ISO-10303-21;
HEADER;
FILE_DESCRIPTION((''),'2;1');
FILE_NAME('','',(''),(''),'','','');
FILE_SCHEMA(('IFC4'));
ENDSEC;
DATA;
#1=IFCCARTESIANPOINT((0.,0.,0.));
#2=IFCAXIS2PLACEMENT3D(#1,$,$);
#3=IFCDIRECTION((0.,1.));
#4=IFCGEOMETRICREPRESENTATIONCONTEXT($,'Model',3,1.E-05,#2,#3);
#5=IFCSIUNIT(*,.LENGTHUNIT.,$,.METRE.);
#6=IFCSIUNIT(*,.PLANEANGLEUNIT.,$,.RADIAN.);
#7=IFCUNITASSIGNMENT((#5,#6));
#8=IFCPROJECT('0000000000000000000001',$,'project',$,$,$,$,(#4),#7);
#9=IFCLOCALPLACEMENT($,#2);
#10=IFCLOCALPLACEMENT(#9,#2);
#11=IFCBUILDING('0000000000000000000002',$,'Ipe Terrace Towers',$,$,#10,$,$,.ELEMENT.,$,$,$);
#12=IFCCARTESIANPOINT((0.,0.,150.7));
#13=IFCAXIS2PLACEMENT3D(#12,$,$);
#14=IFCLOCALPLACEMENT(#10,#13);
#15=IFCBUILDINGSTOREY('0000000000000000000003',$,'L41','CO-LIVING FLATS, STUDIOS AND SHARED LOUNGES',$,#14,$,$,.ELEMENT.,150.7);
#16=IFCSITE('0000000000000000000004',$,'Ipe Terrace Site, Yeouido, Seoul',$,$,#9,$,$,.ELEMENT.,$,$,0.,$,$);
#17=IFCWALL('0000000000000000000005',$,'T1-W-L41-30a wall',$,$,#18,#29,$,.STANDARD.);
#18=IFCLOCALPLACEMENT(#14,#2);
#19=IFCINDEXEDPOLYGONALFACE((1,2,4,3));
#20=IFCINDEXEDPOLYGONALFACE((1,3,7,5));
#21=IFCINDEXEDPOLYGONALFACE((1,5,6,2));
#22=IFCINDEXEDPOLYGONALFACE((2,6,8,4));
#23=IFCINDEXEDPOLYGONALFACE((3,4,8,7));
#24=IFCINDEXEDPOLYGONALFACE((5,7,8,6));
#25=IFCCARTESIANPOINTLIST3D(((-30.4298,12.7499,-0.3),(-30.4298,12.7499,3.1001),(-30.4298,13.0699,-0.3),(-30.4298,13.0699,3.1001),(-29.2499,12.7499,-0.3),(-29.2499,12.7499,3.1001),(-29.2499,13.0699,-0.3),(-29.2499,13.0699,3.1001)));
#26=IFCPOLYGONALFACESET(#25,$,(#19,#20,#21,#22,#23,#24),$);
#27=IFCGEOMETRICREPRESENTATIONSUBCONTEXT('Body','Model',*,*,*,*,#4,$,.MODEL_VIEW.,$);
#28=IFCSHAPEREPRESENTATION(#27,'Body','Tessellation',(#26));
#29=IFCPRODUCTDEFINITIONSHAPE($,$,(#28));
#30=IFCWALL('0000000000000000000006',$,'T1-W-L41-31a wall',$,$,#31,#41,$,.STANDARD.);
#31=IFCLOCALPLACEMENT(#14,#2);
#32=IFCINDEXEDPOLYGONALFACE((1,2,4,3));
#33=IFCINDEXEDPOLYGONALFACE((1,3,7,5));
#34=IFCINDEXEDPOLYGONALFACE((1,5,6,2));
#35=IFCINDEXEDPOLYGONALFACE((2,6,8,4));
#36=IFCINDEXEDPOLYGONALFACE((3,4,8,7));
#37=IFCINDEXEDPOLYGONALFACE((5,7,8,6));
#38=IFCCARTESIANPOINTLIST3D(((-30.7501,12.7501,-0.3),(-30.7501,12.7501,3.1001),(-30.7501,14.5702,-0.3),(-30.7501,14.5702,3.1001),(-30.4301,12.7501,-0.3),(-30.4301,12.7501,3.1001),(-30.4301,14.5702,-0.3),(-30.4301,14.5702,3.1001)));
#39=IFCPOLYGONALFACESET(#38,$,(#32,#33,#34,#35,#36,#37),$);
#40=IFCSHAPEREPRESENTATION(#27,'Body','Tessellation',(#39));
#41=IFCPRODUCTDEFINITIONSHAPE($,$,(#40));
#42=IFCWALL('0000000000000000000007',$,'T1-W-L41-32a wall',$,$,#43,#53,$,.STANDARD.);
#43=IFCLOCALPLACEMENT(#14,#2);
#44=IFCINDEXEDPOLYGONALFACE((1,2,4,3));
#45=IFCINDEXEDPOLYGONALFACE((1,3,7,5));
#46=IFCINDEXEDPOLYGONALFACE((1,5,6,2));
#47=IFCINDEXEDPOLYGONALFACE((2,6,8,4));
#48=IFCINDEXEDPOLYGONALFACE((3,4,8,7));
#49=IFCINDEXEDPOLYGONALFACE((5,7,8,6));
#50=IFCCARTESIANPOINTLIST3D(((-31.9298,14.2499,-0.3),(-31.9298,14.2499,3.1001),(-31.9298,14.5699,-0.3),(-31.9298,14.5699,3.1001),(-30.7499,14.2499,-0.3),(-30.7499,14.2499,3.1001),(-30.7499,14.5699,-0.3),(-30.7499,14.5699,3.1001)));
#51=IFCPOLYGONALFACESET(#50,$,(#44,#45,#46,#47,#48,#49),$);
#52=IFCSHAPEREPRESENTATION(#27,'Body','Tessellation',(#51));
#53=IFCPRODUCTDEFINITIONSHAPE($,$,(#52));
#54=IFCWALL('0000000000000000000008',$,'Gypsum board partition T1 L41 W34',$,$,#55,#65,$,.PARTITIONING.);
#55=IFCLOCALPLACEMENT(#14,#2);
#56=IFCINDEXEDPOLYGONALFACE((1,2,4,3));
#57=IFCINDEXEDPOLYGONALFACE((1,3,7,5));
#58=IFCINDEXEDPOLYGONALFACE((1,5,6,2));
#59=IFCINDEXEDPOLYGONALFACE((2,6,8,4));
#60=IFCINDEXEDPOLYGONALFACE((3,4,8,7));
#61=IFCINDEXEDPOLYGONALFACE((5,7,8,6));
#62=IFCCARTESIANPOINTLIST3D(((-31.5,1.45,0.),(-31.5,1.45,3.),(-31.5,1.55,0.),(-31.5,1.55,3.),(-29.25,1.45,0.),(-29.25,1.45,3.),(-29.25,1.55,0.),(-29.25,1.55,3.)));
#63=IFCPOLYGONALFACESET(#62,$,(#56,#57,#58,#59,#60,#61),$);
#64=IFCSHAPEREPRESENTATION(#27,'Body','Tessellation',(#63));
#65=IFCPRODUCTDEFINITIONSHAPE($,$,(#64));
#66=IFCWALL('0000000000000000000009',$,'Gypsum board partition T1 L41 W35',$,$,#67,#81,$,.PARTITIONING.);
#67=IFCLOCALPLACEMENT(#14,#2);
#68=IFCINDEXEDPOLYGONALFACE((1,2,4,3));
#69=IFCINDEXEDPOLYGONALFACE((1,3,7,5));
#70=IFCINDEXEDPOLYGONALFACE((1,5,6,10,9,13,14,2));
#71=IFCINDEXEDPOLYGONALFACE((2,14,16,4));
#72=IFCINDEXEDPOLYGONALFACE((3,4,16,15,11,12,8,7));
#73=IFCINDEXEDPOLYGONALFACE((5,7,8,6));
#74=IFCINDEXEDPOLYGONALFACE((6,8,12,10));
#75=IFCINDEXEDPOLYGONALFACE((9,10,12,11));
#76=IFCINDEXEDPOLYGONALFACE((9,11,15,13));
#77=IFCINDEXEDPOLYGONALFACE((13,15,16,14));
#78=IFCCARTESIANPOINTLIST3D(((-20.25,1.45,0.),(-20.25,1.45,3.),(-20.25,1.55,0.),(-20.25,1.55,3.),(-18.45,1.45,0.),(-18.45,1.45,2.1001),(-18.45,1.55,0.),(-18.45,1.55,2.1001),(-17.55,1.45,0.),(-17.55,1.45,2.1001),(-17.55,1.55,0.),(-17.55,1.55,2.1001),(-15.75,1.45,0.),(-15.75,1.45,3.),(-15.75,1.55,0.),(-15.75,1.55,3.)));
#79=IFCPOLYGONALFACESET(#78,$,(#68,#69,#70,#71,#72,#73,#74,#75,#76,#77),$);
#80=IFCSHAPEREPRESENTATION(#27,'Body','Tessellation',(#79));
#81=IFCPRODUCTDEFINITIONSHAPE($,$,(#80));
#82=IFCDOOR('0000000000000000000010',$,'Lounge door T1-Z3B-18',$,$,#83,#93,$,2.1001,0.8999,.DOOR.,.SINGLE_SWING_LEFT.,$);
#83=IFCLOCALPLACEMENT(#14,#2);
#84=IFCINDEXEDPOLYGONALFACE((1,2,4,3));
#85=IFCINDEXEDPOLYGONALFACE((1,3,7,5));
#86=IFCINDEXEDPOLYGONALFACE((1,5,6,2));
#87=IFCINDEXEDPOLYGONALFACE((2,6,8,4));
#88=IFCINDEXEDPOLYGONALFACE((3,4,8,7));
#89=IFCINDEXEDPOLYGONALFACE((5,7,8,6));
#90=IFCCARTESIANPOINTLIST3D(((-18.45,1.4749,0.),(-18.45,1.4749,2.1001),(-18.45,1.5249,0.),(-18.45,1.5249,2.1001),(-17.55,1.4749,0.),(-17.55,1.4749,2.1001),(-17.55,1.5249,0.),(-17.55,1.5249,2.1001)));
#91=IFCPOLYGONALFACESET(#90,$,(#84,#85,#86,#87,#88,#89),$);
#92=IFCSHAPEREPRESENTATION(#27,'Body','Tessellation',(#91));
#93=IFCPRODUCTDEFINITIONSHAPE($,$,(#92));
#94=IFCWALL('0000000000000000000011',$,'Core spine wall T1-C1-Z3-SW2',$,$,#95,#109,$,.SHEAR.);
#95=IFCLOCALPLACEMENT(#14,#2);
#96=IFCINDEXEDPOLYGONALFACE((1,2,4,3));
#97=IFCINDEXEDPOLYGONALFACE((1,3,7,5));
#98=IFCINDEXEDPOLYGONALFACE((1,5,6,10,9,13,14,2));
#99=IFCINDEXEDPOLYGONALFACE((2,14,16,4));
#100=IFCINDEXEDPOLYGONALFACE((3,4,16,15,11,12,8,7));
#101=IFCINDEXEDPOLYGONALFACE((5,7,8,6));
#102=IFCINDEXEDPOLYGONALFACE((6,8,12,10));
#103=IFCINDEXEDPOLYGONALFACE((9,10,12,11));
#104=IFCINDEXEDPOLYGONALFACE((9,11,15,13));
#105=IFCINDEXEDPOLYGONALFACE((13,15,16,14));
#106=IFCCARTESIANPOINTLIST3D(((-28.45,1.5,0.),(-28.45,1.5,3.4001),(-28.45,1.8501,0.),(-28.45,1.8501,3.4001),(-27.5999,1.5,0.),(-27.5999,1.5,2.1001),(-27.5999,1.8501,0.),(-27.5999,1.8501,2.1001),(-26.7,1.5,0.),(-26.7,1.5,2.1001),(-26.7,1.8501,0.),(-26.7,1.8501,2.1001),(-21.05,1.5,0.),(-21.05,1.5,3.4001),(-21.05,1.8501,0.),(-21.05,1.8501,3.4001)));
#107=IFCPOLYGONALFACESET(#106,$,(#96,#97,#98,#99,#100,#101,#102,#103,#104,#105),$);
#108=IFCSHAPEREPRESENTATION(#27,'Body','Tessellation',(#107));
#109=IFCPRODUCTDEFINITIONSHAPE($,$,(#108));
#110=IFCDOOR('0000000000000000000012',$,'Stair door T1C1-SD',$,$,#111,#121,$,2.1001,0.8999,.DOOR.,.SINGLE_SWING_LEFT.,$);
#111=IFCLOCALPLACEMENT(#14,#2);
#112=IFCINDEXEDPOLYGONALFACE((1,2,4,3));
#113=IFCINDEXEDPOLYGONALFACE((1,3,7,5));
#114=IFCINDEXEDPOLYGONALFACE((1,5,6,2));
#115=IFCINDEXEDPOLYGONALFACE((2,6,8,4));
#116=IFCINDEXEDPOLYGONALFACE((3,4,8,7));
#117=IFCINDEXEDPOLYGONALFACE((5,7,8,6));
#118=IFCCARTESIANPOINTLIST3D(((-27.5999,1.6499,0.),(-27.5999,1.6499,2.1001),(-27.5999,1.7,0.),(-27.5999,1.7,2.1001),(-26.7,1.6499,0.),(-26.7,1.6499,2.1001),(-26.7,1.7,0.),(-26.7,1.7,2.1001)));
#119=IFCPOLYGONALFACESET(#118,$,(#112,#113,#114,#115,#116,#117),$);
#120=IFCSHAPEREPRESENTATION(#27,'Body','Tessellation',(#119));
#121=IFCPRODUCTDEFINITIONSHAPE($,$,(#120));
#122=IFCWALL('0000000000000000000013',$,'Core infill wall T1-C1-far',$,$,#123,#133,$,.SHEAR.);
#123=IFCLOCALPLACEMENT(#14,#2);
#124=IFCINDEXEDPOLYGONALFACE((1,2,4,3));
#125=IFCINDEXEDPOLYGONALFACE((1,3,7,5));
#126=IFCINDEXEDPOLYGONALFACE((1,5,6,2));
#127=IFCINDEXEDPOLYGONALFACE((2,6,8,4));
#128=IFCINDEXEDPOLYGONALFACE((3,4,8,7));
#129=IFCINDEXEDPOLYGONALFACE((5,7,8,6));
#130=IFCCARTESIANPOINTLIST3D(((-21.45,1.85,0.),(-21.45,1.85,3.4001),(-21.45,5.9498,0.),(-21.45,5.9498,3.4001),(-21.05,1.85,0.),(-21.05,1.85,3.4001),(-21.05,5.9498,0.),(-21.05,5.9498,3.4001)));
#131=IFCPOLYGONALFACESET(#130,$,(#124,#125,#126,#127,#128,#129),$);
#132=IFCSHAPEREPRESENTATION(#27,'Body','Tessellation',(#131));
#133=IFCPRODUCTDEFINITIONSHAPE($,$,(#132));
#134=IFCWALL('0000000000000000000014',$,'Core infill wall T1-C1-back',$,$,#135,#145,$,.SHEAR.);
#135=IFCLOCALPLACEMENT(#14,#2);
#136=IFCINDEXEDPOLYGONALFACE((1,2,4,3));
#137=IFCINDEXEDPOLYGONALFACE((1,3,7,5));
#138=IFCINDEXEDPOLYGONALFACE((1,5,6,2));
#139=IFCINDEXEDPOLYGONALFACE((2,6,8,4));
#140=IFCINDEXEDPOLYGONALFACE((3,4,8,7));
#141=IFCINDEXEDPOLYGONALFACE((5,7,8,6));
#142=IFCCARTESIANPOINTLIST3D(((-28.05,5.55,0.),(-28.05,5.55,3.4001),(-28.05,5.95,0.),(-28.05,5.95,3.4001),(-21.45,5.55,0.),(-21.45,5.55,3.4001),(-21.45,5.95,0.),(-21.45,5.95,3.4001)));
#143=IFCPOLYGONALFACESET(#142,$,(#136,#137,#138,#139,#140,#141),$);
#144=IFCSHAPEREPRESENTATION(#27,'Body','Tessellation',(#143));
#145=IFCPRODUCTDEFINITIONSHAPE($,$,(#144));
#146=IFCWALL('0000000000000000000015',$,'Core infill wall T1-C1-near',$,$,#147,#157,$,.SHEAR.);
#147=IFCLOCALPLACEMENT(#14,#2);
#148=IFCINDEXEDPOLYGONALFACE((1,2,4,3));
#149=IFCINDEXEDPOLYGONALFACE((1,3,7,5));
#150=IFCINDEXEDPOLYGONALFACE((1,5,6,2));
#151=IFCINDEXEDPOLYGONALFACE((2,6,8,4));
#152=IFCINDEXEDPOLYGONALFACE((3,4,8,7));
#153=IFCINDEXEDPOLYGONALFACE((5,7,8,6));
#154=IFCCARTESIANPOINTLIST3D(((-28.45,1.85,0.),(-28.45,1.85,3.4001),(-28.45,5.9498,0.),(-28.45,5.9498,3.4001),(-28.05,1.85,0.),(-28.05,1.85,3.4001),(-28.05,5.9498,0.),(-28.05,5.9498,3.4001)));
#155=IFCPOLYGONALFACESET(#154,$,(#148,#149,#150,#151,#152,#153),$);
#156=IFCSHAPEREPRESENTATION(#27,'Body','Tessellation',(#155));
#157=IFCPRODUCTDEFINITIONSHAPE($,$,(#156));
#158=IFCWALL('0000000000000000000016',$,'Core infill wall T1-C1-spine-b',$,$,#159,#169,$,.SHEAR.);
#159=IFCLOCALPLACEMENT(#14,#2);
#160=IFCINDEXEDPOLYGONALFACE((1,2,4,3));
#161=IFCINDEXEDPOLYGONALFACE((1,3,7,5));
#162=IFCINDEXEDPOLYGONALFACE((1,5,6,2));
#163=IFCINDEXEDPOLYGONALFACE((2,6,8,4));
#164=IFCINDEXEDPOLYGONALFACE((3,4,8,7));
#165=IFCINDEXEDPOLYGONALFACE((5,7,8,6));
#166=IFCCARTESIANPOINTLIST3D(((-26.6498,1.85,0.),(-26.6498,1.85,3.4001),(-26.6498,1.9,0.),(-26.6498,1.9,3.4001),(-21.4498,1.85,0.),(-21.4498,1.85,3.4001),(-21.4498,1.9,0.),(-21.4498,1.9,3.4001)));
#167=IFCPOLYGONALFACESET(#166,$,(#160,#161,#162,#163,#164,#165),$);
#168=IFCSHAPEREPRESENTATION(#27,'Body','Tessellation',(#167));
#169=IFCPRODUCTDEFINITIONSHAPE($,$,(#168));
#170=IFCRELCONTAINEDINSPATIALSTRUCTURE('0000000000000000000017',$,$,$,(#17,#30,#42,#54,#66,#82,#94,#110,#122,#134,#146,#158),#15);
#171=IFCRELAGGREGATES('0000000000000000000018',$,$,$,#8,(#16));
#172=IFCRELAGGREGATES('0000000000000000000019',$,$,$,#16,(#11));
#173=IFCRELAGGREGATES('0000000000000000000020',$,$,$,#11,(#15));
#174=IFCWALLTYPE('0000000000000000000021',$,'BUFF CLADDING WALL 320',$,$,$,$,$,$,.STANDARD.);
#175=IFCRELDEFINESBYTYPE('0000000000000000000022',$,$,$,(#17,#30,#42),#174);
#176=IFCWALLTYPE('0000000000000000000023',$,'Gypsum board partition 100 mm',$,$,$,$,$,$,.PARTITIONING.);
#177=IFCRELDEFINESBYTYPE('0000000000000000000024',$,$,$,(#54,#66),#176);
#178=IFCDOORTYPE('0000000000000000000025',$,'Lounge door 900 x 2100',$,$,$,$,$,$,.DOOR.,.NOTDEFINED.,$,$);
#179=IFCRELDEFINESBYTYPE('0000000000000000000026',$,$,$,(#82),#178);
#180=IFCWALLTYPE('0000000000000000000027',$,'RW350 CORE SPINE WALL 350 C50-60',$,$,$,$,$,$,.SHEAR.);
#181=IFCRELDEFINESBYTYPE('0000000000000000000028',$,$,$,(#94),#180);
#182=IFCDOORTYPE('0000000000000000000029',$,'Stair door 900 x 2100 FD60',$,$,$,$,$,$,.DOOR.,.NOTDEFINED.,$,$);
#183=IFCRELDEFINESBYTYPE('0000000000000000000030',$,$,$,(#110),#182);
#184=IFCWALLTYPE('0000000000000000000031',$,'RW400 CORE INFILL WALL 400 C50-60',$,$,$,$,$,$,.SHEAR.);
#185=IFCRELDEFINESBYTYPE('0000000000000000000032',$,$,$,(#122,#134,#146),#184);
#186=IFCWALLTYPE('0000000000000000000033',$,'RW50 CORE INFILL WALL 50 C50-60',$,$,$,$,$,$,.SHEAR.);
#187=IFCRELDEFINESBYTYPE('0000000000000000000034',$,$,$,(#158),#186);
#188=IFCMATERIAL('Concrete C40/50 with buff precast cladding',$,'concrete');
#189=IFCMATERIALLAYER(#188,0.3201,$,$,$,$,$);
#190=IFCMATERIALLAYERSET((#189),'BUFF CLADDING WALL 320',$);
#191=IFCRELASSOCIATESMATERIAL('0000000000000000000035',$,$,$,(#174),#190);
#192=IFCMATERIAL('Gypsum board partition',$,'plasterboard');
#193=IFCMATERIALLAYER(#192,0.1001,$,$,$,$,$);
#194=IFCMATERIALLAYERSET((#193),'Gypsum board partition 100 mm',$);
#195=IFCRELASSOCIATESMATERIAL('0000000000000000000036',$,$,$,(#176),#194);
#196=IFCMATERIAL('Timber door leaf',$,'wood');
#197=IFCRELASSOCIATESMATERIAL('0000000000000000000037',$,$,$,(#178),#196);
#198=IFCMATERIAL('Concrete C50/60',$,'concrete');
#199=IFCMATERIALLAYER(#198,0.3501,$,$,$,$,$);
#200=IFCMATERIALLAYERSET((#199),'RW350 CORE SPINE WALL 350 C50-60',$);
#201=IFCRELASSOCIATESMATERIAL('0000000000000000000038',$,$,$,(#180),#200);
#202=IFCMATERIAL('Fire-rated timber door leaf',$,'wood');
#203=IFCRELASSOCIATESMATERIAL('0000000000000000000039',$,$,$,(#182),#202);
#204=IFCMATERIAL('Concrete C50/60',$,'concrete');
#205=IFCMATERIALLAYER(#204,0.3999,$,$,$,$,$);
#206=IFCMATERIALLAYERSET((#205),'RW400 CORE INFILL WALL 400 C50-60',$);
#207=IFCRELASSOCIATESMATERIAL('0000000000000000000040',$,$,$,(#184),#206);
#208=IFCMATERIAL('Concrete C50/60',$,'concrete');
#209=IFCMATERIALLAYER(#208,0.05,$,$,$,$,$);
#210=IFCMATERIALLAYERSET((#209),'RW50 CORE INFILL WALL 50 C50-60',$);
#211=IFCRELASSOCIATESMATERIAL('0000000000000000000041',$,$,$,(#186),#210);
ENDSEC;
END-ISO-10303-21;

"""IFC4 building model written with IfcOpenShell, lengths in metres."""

from ifc_helpers import new_model, si_unit, direction, frame, frame_2d, origin, place, context, subcontext, project, spatial, rectangle, extrude, material, layer, layer_set, type_object, element, fill, save


model = new_model("IFC4")

# Units and contexts
model_context = context("Model", 3, precision=1e-05, world=origin(), true_north=direction((0.0, 1.0)))
body_context = subcontext(model_context, "Body", "Model", "MODEL_VIEW")
ifc_project = project(units=[si_unit("LENGTHUNIT", "METRE"), si_unit("PLANEANGLEUNIT", "RADIAN")], contexts=[model_context])

# Site, building, storey
site_placement = place(None, origin())
site = spatial("IfcSite", under=ifc_project, at=site_placement, Name="Ipe Terrace Site, Yeouido, Seoul", CompositionType="ELEMENT", RefElevation=0.0)
building_placement = place(site_placement, origin())
building = spatial("IfcBuilding", under=site, at=building_placement, Name="Ipe Terrace Towers", CompositionType="ELEMENT")
storey_placement = place(building_placement, frame((0.0, 0.0, 150.7)))
storey = spatial("IfcBuildingStorey", under=building, at=storey_placement, Name="L41", Description="CO-LIVING FLATS, STUDIOS AND SHARED LOUNGES", CompositionType="ELEMENT", Elevation=150.7)

# Walls
ifc_material_1 = material(Name="Concrete C40/50 with buff precast cladding", Category="concrete")
ifc_layer_1 = layer(ifc_material_1, 0.3201)
ifc_layer_set_1 = layer_set([ifc_layer_1], Name="BUFF CLADDING WALL 320")
wall_type_1 = type_object("IfcWallType", Name="BUFF CLADDING WALL 320", PredefinedType="STANDARD", material=ifc_layer_set_1)
wall_1_placement = place(storey_placement, frame((-29.25, 12.9099, -0.3), z_axis=(0.0, 0.0, 1.0), x_axis=(-1.0, 0.0, 0.0)))
element("IfcWall", 1, at=wall_1_placement, inside=storey, type_object=wall_type_1, Name="T1-W-L41-30a wall", PredefinedType="STANDARD", context=body_context, shape_type="SweptSolid", body=[
    extrude(rectangle(XDim=1.1799, YDim=0.3201, at=frame_2d((0.5898, 0.0))), origin(), (0.0, 0.0, 1.0), 3.4001),
])
wall_2_placement = place(storey_placement, frame((-30.5901, 12.75, -0.3), z_axis=(0.0, 0.0, 1.0), x_axis=(0.0, 1.0, 0.0)))
element("IfcWall", 2, at=wall_2_placement, inside=storey, type_object=wall_type_1, Name="T1-W-L41-31a wall", PredefinedType="STANDARD", context=body_context, shape_type="SweptSolid", body=[
    extrude(rectangle(XDim=1.8201, YDim=0.3201, at=frame_2d((0.9102, 0.0))), origin(), (0.0, 0.0, 1.0), 3.4001),
])
wall_3_placement = place(storey_placement, frame((-30.75, 14.4099, -0.3), z_axis=(0.0, 0.0, 1.0), x_axis=(-1.0, 0.0, 0.0)))
element("IfcWall", 3, at=wall_3_placement, inside=storey, type_object=wall_type_1, Name="T1-W-L41-32a wall", PredefinedType="STANDARD", context=body_context, shape_type="SweptSolid", body=[
    extrude(rectangle(XDim=1.1799, YDim=0.3201, at=frame_2d((0.5898, 0.0))), origin(), (0.0, 0.0, 1.0), 3.4001),
])
ifc_material_2 = material(Name="Gypsum board partition", Category="plasterboard")
ifc_layer_2 = layer(ifc_material_2, 0.1001)
ifc_layer_set_2 = layer_set([ifc_layer_2], Name="Gypsum board partition 100 mm")
wall_type_2 = type_object("IfcWallType", Name="Gypsum board partition 100 mm", PredefinedType="PARTITIONING", material=ifc_layer_set_2)
wall_4_placement = place(storey_placement, frame((-31.5, 1.5, 0.0), z_axis=(0.0, 0.0, 1.0), x_axis=(1.0, 0.0, 0.0)))
element("IfcWall", 4, at=wall_4_placement, inside=storey, type_object=wall_type_2, Name="Gypsum board partition T1 L41 W34", PredefinedType="PARTITIONING", context=body_context, shape_type="SweptSolid", body=[
    extrude(rectangle(XDim=2.25, YDim=0.1001, at=frame_2d((1.125, 0.0))), origin(), (0.0, 0.0, 1.0), 3.0),
])

# Walls, openings, doors
wall_5_placement = place(storey_placement, frame((-20.25, 1.5, 0.0), z_axis=(0.0, 0.0, 1.0), x_axis=(1.0, 0.0, 0.0)))
wall_5 = element("IfcWall", 5, at=wall_5_placement, inside=storey, type_object=wall_type_2, Name="Gypsum board partition T1 L41 W35", PredefinedType="PARTITIONING", context=body_context, shape_type="SweptSolid", body=[
    extrude(rectangle(XDim=4.5, YDim=0.1001, at=frame_2d((2.25, 0.0))), origin(), (0.0, 0.0, 1.0), 3.0),
])
opening_1_placement = place(wall_5_placement, frame((1.8, 0.0, 0.0)))
opening_1 = element("IfcOpeningElement", 6, at=opening_1_placement, cuts=wall_5, PredefinedType="OPENING", context=body_context, shape_type="SweptSolid", body=[
    extrude(rectangle(XDim=0.8999, YDim=2.1001, at=frame_2d((0.45, 1.05))), frame((0.0, 0.0601, 0.0), z_axis=(0.0, -1.0, 0.0), x_axis=(1.0, 0.0, 0.0)), (0.0, 0.0, 1.0), 0.1201),
])
ifc_material_3 = material(Name="Timber door leaf", Category="wood")
door_type_1 = type_object("IfcDoorType", Name="Lounge door 900 x 2100", OperationType="NOTDEFINED", PredefinedType="DOOR", material=ifc_material_3)
door_1_placement = place(opening_1_placement, origin())
door_1 = element("IfcDoor", 7, at=door_1_placement, inside=storey, type_object=door_type_1, Name="Lounge door T1-Z3B-18", OperationType="SINGLE_SWING_LEFT", OverallHeight=2.1001, OverallWidth=0.8999, PredefinedType="DOOR", context=body_context, shape_type="SweptSolid", body=[
    extrude(rectangle(XDim=0.8999, YDim=2.1001, at=frame_2d((0.45, 1.05))), frame((0.0, 0.0249, 0.0), z_axis=(0.0, -1.0, 0.0), x_axis=(1.0, 0.0, 0.0)), (0.0, 0.0, 1.0), 0.05),
])
fill(opening_1, door_1)
ifc_material_4 = material(Name="Concrete C50/60", Category="concrete")
ifc_layer_3 = layer(ifc_material_4, 0.3501)
ifc_layer_set_3 = layer_set([ifc_layer_3], Name="RW350 CORE SPINE WALL 350 C50-60")
wall_type_3 = type_object("IfcWallType", Name="RW350 CORE SPINE WALL 350 C50-60", PredefinedType="SHEAR", material=ifc_layer_set_3)
wall_6_placement = place(storey_placement, frame((-28.45, 1.675, 0.0), z_axis=(0.0, 0.0, 1.0), x_axis=(1.0, 0.0, 0.0)))
wall_6 = element("IfcWall", 8, at=wall_6_placement, inside=storey, type_object=wall_type_3, Name="Core spine wall T1-C1-Z3-SW2", PredefinedType="SHEAR", context=body_context, shape_type="SweptSolid", body=[
    extrude(rectangle(XDim=7.3999, YDim=0.3501, at=frame_2d((3.7, 0.0))), origin(), (0.0, 0.0, 1.0), 3.4001),
])
opening_2_placement = place(wall_6_placement, frame((0.8501, 0.0, 0.0)))
opening_2 = element("IfcOpeningElement", 9, at=opening_2_placement, cuts=wall_6, PredefinedType="OPENING", context=body_context, shape_type="SweptSolid", body=[
    extrude(rectangle(XDim=0.8999, YDim=2.1001, at=frame_2d((0.45, 1.05))), frame((0.0, 0.1851, 0.0), z_axis=(0.0, -1.0, 0.0), x_axis=(1.0, 0.0, 0.0)), (0.0, 0.0, 1.0), 0.3701),
])
ifc_material_5 = material(Name="Fire-rated timber door leaf", Category="wood")
door_type_2 = type_object("IfcDoorType", Name="Stair door 900 x 2100 FD60", OperationType="NOTDEFINED", PredefinedType="DOOR", material=ifc_material_5)
door_2_placement = place(opening_2_placement, origin())
door_2 = element("IfcDoor", 10, at=door_2_placement, inside=storey, type_object=door_type_2, Name="Stair door T1C1-SD", OperationType="SINGLE_SWING_LEFT", OverallHeight=2.1001, OverallWidth=0.8999, PredefinedType="DOOR", context=body_context, shape_type="SweptSolid", body=[
    extrude(rectangle(XDim=0.8999, YDim=2.1001, at=frame_2d((0.45, 1.05))), frame((0.0, 0.0249, 0.0), z_axis=(0.0, -1.0, 0.0), x_axis=(1.0, 0.0, 0.0)), (0.0, 0.0, 1.0), 0.05),
])
fill(opening_2, door_2)

# Walls
ifc_material_6 = material(Name="Concrete C50/60", Category="concrete")
ifc_layer_4 = layer(ifc_material_6, 0.3999)
ifc_layer_set_4 = layer_set([ifc_layer_4], Name="RW400 CORE INFILL WALL 400 C50-60")
wall_type_4 = type_object("IfcWallType", Name="RW400 CORE INFILL WALL 400 C50-60", PredefinedType="SHEAR", material=ifc_layer_set_4)
wall_7_placement = place(storey_placement, frame((-21.25, 1.8501, 0.0), z_axis=(0.0, 0.0, 1.0), x_axis=(0.0, 1.0, 0.0)))
element("IfcWall", 11, at=wall_7_placement, inside=storey, type_object=wall_type_4, Name="Core infill wall T1-C1-far", PredefinedType="SHEAR", context=body_context, shape_type="SweptSolid", body=[
    extrude(rectangle(XDim=4.0999, YDim=0.3999, at=frame_2d((2.0498, 0.0))), origin(), (0.0, 0.0, 1.0), 3.4001),
])
wall_8_placement = place(storey_placement, frame((-28.05, 5.75, 0.0), z_axis=(0.0, 0.0, 1.0), x_axis=(1.0, 0.0, 0.0)))
element("IfcWall", 12, at=wall_8_placement, inside=storey, type_object=wall_type_4, Name="Core infill wall T1-C1-back", PredefinedType="SHEAR", context=body_context, shape_type="SweptSolid", body=[
    extrude(rectangle(XDim=6.6001, YDim=0.3999, at=frame_2d((3.3, 0.0))), origin(), (0.0, 0.0, 1.0), 3.4001),
])
wall_9_placement = place(storey_placement, frame((-28.25, 1.8501, 0.0), z_axis=(0.0, 0.0, 1.0), x_axis=(0.0, 1.0, 0.0)))
element("IfcWall", 13, at=wall_9_placement, inside=storey, type_object=wall_type_4, Name="Core infill wall T1-C1-near", PredefinedType="SHEAR", context=body_context, shape_type="SweptSolid", body=[
    extrude(rectangle(XDim=4.0999, YDim=0.3999, at=frame_2d((2.0498, 0.0))), origin(), (0.0, 0.0, 1.0), 3.4001),
])
ifc_material_7 = material(Name="Concrete C50/60", Category="concrete")
ifc_layer_5 = layer(ifc_material_7, 0.05)
ifc_layer_set_5 = layer_set([ifc_layer_5], Name="RW50 CORE INFILL WALL 50 C50-60")
wall_type_5 = type_object("IfcWallType", Name="RW50 CORE INFILL WALL 50 C50-60", PredefinedType="SHEAR", material=ifc_layer_set_5)
wall_10_placement = place(storey_placement, frame((-26.6499, 1.875, 0.0), z_axis=(0.0, 0.0, 1.0), x_axis=(1.0, 0.0, 0.0)))
element("IfcWall", 14, at=wall_10_placement, inside=storey, type_object=wall_type_5, Name="Core infill wall T1-C1-spine-b", PredefinedType="SHEAR", context=body_context, shape_type="SweptSolid", body=[
    extrude(rectangle(XDim=5.2, YDim=0.05, at=frame_2d((2.6001, 0.0))), origin(), (0.0, 0.0, 1.0), 3.4001),
])

save(model, "model.ifc")
